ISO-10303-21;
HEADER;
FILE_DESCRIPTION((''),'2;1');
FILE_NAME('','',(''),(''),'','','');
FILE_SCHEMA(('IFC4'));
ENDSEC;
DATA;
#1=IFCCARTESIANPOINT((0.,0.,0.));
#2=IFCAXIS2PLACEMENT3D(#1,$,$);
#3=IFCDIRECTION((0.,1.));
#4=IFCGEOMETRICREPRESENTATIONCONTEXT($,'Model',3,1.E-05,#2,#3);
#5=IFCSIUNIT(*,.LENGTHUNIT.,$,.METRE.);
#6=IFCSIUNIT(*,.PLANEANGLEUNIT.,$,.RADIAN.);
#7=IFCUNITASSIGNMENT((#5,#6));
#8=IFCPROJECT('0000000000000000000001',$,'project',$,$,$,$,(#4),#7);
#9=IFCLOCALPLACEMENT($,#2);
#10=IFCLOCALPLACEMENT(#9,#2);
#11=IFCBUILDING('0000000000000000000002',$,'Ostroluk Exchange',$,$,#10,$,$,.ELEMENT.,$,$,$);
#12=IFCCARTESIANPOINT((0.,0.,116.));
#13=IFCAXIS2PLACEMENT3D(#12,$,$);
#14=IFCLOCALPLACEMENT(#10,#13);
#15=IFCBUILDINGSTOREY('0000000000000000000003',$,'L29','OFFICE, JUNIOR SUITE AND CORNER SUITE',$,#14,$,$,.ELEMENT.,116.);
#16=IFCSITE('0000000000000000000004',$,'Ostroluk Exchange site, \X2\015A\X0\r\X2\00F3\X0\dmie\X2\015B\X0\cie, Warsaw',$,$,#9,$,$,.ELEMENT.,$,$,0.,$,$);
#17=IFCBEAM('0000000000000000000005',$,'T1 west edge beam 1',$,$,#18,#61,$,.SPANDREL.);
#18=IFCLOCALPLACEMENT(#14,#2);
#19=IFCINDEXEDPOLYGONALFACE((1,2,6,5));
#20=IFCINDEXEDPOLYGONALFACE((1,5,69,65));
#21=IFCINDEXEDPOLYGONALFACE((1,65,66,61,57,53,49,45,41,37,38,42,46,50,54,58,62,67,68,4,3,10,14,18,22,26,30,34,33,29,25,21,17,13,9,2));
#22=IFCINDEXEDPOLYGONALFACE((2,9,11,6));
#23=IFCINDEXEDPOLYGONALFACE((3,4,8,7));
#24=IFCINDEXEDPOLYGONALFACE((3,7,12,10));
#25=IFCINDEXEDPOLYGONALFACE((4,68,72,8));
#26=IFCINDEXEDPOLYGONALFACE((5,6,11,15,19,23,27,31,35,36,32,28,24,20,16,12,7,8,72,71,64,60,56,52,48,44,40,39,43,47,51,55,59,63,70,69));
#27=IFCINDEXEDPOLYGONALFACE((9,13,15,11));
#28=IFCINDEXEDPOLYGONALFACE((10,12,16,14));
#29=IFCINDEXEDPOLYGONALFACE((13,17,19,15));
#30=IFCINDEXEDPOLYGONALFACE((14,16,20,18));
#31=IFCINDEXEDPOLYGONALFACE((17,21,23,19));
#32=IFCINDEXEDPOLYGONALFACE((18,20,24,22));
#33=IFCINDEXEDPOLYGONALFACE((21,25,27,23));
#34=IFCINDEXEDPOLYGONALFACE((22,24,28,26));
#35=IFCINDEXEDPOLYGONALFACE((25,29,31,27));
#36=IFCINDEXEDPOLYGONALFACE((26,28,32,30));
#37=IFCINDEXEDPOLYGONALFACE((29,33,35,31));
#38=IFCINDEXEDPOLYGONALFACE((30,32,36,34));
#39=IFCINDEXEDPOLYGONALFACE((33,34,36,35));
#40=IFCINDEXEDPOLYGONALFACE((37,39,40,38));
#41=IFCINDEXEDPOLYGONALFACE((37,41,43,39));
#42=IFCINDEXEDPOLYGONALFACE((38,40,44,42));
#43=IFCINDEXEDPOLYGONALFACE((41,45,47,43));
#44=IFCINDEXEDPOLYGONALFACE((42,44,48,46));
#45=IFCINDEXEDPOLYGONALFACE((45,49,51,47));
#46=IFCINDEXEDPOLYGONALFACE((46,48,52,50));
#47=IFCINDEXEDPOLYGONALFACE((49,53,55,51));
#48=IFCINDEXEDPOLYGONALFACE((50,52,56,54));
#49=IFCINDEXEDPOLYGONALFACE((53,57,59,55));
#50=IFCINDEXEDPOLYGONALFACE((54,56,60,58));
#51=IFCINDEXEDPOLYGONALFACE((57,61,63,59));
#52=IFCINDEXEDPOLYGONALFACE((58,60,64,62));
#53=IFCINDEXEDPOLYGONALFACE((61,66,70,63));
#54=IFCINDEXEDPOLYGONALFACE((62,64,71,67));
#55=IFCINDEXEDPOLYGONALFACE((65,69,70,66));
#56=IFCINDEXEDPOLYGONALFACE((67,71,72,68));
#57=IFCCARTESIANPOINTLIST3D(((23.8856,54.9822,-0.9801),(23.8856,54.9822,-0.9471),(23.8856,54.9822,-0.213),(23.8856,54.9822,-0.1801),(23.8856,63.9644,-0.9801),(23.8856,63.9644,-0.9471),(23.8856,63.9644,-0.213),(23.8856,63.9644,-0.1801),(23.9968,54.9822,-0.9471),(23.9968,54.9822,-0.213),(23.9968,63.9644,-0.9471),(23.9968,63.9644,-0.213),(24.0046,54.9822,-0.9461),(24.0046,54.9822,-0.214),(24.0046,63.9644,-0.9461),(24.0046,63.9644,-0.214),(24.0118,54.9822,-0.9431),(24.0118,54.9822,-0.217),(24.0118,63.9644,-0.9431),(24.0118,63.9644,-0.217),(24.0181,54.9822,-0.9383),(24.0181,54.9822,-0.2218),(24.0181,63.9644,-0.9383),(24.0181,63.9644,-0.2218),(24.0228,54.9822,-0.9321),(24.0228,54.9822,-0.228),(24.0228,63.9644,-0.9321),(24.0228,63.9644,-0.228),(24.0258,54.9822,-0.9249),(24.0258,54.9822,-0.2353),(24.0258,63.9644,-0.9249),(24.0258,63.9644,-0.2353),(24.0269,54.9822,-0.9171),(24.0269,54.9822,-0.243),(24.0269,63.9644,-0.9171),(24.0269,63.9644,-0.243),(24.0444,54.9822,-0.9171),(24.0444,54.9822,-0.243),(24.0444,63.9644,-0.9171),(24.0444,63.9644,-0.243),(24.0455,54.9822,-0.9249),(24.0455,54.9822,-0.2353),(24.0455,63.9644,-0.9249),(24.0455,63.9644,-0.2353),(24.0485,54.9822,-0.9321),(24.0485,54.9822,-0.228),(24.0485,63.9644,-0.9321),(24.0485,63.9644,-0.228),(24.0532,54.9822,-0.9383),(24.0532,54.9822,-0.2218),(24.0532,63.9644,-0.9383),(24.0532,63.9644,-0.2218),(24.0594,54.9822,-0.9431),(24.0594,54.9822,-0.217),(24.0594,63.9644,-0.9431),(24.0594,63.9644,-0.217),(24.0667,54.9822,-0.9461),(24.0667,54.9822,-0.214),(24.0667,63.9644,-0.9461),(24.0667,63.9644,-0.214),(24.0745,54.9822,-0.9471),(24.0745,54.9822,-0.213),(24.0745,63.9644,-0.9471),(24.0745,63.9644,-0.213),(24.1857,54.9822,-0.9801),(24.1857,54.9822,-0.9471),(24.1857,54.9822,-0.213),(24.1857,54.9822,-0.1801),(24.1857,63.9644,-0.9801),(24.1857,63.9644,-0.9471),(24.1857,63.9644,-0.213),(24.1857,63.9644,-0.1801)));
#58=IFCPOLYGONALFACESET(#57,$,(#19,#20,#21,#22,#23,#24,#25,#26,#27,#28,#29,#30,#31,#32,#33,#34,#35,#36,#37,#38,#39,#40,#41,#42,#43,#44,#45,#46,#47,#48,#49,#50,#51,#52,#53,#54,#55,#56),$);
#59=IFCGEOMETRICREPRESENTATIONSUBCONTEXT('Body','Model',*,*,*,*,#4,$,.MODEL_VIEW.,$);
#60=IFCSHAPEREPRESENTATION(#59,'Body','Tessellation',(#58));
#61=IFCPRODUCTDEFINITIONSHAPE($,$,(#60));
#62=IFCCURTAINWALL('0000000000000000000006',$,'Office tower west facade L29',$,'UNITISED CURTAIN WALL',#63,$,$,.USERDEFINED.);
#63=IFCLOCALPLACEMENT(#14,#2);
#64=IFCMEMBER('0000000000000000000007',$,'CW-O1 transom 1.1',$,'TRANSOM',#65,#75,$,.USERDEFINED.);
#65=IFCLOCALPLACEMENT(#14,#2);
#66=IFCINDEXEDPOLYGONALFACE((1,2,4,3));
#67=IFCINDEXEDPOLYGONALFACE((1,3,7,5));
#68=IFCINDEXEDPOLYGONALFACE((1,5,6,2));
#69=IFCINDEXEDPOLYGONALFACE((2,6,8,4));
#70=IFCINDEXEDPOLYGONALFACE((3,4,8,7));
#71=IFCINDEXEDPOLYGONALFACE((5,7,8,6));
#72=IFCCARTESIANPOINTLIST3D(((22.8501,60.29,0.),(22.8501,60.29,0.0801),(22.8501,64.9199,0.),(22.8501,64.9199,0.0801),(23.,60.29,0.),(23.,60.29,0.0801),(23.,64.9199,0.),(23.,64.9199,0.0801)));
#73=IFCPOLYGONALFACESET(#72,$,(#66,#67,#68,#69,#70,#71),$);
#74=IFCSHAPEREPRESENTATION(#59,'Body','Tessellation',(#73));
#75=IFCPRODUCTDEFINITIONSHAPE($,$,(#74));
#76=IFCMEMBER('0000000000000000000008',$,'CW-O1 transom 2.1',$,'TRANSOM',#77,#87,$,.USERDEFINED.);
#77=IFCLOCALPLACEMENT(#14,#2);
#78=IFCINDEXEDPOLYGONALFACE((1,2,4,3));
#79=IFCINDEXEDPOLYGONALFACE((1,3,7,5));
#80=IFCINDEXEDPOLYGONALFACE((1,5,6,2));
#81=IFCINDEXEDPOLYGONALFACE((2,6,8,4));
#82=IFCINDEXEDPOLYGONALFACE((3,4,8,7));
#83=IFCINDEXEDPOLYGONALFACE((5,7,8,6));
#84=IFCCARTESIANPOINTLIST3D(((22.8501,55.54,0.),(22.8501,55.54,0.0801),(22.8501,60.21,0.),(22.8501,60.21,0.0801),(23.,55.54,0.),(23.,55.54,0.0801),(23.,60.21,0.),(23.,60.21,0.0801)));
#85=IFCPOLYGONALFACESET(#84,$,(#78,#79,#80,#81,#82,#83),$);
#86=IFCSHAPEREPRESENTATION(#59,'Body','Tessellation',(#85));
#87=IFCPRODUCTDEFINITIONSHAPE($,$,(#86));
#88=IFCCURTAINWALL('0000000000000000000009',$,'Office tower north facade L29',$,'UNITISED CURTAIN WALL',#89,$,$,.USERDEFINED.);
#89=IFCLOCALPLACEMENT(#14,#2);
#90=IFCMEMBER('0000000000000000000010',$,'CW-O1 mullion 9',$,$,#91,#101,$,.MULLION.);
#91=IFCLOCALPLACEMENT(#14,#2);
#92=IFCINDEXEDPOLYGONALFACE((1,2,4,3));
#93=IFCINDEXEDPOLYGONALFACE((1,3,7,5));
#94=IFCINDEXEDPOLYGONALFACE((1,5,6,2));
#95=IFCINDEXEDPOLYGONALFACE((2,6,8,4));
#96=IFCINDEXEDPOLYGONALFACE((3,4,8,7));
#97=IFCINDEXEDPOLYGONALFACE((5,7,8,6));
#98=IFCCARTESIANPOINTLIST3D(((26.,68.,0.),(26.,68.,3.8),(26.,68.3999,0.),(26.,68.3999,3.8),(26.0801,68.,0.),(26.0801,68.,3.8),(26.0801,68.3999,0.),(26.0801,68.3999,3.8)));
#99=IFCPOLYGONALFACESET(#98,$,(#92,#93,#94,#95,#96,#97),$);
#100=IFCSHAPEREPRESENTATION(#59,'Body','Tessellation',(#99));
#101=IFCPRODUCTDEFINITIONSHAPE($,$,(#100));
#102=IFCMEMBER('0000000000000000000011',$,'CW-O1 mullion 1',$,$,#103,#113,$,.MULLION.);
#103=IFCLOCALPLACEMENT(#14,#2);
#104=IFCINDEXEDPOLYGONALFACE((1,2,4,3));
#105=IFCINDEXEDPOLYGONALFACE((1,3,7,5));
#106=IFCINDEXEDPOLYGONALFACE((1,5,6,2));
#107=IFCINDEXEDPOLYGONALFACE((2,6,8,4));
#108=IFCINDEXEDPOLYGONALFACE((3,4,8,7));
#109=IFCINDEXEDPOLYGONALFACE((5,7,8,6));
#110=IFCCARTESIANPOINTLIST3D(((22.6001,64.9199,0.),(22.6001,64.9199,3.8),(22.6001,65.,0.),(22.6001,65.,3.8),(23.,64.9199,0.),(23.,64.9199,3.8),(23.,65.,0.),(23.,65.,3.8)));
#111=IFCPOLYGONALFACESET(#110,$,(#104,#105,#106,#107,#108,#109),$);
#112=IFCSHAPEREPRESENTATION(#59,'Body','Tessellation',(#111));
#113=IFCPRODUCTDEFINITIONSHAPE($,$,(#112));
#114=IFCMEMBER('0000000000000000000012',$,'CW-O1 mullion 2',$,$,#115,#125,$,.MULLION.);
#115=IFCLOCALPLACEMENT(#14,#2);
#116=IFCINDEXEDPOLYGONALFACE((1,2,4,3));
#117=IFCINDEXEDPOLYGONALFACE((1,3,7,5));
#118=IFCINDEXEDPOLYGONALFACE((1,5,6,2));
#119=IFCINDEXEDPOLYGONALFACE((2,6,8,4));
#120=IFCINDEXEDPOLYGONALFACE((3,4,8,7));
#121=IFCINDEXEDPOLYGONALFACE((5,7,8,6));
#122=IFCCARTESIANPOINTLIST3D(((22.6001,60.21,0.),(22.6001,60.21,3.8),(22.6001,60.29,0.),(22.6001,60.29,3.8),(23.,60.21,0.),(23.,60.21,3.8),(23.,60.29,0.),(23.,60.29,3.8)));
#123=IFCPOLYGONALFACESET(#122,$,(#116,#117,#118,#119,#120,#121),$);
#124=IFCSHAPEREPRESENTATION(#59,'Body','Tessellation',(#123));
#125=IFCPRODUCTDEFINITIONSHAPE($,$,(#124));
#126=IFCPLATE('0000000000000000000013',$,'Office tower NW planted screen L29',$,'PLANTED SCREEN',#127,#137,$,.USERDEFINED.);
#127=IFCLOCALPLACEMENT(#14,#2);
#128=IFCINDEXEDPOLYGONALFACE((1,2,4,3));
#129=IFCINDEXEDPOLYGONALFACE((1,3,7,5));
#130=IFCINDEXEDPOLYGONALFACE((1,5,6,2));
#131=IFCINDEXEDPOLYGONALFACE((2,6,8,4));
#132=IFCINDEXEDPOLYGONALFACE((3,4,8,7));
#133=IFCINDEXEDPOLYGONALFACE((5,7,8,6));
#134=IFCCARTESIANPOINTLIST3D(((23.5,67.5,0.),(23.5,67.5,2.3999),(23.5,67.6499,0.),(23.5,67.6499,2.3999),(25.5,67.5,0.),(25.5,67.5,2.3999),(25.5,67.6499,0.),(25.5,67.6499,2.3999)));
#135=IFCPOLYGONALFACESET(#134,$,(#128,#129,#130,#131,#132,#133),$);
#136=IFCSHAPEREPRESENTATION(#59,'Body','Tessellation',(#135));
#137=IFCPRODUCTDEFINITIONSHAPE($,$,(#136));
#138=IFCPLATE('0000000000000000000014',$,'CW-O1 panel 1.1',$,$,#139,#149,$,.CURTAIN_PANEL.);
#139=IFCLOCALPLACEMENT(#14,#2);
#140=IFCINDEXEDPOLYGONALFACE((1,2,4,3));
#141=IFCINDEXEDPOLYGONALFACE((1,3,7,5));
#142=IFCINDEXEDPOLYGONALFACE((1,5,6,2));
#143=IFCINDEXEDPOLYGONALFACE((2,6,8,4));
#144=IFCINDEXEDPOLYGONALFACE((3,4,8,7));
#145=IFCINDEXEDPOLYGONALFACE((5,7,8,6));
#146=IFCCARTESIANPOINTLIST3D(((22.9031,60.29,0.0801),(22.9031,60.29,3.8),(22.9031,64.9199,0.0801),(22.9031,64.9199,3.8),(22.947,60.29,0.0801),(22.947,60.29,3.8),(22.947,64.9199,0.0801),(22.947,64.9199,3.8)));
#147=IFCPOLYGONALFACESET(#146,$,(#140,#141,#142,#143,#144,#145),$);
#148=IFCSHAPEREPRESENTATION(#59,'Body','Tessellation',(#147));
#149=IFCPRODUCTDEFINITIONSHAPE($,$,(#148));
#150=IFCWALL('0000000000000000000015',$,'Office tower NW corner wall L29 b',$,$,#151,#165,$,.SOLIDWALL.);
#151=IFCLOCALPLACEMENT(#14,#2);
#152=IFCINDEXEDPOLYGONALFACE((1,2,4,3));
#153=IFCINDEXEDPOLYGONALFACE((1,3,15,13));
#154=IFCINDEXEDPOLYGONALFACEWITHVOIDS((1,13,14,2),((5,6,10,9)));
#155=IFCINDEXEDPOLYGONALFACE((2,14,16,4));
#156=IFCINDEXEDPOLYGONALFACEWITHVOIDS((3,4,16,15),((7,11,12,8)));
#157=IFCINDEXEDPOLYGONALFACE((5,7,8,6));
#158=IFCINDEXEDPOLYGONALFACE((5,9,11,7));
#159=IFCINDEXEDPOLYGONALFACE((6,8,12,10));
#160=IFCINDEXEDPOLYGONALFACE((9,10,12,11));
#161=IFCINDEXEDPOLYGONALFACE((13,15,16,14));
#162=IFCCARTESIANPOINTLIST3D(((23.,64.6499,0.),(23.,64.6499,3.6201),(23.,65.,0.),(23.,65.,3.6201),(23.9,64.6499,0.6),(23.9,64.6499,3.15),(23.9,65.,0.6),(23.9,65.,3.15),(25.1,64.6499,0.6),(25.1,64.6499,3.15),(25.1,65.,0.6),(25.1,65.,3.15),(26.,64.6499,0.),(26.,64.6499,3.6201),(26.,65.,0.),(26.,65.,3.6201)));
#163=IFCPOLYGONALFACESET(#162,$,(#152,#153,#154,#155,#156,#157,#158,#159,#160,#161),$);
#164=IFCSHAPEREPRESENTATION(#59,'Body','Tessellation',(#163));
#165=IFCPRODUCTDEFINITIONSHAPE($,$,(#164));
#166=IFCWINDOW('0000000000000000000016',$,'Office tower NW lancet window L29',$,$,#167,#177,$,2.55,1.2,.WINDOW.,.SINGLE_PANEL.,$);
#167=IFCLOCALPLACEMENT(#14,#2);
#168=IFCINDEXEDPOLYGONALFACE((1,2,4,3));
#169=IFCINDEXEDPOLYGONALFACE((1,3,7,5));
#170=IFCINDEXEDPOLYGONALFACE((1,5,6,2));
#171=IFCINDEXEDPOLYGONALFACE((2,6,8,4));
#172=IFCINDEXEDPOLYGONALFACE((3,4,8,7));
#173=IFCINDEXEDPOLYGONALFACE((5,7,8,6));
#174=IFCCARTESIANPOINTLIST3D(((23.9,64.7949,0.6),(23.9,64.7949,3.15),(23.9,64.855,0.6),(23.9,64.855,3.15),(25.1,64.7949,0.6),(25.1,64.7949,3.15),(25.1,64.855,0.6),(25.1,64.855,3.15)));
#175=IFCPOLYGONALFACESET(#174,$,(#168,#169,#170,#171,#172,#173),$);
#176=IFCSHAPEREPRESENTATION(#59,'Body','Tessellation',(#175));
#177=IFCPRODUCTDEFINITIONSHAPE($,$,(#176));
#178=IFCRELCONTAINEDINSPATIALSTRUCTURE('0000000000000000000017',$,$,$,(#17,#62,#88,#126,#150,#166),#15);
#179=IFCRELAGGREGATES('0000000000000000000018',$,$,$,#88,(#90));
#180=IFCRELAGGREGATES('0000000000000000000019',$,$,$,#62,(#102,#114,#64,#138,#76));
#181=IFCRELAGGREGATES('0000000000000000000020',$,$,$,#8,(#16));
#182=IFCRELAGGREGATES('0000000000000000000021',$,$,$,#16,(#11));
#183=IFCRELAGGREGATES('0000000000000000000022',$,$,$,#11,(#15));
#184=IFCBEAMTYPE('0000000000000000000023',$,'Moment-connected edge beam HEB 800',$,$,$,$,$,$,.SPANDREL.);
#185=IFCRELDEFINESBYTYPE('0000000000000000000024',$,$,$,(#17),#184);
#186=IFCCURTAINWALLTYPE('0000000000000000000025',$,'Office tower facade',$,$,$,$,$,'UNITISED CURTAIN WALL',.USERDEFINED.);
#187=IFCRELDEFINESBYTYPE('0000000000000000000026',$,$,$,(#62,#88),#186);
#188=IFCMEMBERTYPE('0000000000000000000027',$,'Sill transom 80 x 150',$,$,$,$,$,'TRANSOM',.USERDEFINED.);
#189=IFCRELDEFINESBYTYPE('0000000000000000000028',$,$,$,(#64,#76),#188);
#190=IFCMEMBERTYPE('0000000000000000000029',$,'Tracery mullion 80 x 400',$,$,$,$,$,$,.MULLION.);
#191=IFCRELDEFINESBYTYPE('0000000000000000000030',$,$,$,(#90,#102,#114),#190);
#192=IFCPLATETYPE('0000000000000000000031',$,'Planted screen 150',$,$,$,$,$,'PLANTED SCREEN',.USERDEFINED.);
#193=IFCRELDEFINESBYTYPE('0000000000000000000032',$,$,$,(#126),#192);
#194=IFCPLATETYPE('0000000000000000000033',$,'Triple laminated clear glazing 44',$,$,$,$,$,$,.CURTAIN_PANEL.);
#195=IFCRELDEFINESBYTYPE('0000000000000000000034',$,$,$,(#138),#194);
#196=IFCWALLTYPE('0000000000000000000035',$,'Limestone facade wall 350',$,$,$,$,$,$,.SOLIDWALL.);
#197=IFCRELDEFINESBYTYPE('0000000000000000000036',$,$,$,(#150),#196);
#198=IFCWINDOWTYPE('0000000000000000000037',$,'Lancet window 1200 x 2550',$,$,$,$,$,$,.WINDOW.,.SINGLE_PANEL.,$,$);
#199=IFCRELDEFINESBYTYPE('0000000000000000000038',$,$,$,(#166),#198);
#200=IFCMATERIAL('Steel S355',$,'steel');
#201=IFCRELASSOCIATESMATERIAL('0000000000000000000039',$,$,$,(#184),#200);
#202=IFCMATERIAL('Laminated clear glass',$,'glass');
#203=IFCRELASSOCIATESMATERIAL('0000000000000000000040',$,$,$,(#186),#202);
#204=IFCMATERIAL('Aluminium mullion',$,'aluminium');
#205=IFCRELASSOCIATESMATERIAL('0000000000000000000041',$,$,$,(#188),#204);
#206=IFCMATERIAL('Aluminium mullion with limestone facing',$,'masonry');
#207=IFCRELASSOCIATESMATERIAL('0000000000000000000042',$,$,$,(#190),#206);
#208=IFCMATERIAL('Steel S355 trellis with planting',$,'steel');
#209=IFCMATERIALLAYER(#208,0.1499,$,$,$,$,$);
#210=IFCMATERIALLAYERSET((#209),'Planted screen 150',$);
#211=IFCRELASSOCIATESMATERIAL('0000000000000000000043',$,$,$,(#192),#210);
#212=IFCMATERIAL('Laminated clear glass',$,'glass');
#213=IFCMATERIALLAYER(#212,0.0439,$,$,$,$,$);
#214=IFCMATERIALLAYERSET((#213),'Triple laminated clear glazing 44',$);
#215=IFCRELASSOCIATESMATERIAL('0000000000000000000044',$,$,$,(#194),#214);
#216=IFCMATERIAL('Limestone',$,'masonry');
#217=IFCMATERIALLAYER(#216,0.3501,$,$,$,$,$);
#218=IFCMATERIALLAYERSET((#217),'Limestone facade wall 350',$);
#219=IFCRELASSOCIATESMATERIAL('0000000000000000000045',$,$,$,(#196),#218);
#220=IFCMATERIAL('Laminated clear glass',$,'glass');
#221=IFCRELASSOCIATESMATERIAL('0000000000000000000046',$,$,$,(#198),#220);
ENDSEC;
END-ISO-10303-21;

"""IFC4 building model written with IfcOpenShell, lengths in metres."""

from ifc_helpers import new_model, si_unit, direction, frame, frame_2d, origin, origin_2d, place, context, subcontext, project, spatial, rectangle, i_section, extrude, material, layer, layer_set, material_profile, profile_set, type_object, element, fill, aggregate, save


model = new_model("IFC4")

# Units and contexts
model_context = context("Model", 3, precision=1e-05, world=origin(), true_north=direction((0.0, 1.0)))
body_context = subcontext(model_context, "Body", "Model", "MODEL_VIEW")
ifc_project = project(units=[si_unit("LENGTHUNIT", "METRE"), si_unit("PLANEANGLEUNIT", "RADIAN")], contexts=[model_context])

# Site, building, storey
site_placement = place(None, origin())
site = spatial("IfcSite", under=ifc_project, at=site_placement, Name="Ostroluk Exchange site, Śródmieście, Warsaw", CompositionType="ELEMENT", RefElevation=0.0)
building_placement = place(site_placement, origin())
building = spatial("IfcBuilding", under=site, at=building_placement, Name="Ostroluk Exchange", CompositionType="ELEMENT")
storey_placement = place(building_placement, frame((0.0, 0.0, 116.0)))
storey = spatial("IfcBuildingStorey", under=building, at=storey_placement, Name="L29", Description="OFFICE, JUNIOR SUITE AND CORNER SUITE", CompositionType="ELEMENT", Elevation=116.0)

# Beam
ifc_material_1 = material(Name="Steel S355", Category="steel")
ifc_material_profile_1 = material_profile(ifc_material_1, i_section(OverallWidth=0.3, OverallDepth=0.8, WebThickness=0.0176, FlangeThickness=0.033, FilletRadius=0.03, at=origin_2d()), Name="HEB 800")
ifc_profile_set_1 = profile_set([ifc_material_profile_1], Name="Steel S355")
beam_type_1 = type_object("IfcBeamType", Name="Moment-connected edge beam HEB 800", PredefinedType="SPANDREL", material=ifc_profile_set_1)
beam_placement = place(storey_placement, frame((24.0356, 63.9644, -0.5801), z_axis=(0.0, -1.0, 0.0), x_axis=(1.0, 0.0, 0.0)))
element("IfcBeam", 1, at=beam_placement, inside=storey, type_object=beam_type_1, Name="T1 west edge beam 1", PredefinedType="SPANDREL", context=body_context, shape_type="SweptSolid", body=[
    extrude(i_section(OverallWidth=0.3, OverallDepth=0.8, WebThickness=0.0176, FlangeThickness=0.033, FilletRadius=0.03, at=origin_2d()), origin(), (0.0, 0.0, 1.0), 8.9822),
])

# Curtain wall, members
ifc_material_2 = material(Name="Laminated clear glass", Category="glass")
curtain_wall_type = type_object("IfcCurtainWallType", Name="Office tower facade", ElementType="UNITISED CURTAIN WALL", PredefinedType="USERDEFINED", material=ifc_material_2)
curtain_wall_1_placement = place(storey_placement, origin())
curtain_wall_1 = element("IfcCurtainWall", 2, at=curtain_wall_1_placement, inside=storey, type_object=curtain_wall_type, Name="Office tower west facade L29", ObjectType="UNITISED CURTAIN WALL", PredefinedType="USERDEFINED")
ifc_material_3 = material(Name="Aluminium mullion", Category="aluminium")
ifc_material_profile_2 = material_profile(ifc_material_3, rectangle(XDim=0.1499, YDim=0.0801, at=origin_2d()), Name="Sill transom 80 x 150")
ifc_profile_set_2 = profile_set([ifc_material_profile_2], Name="Aluminium mullion")
member_type_1 = type_object("IfcMemberType", Name="Sill transom 80 x 150", ElementType="TRANSOM", PredefinedType="USERDEFINED", material=ifc_profile_set_2)
member_1_placement = place(storey_placement, frame((22.925, 64.9199, 0.04), z_axis=(0.0, -1.0, 0.0), x_axis=(1.0, 0.0, 0.0)))
member_1 = element("IfcMember", 3, at=member_1_placement, type_object=member_type_1, Name="CW-O1 transom 1.1", ObjectType="TRANSOM", PredefinedType="USERDEFINED", context=body_context, shape_type="SweptSolid", body=[
    extrude(rectangle(XDim=0.1499, YDim=0.0801, at=origin_2d()), origin(), (0.0, 0.0, 1.0), 4.6299),
])
member_2_placement = place(storey_placement, frame((22.925, 60.21, 0.04), z_axis=(0.0, -1.0, 0.0), x_axis=(1.0, 0.0, 0.0)))
member_2 = element("IfcMember", 4, at=member_2_placement, type_object=member_type_1, Name="CW-O1 transom 2.1", ObjectType="TRANSOM", PredefinedType="USERDEFINED", context=body_context, shape_type="SweptSolid", body=[
    extrude(rectangle(XDim=0.1499, YDim=0.0801, at=origin_2d()), origin(), (0.0, 0.0, 1.0), 4.6699),
])

# Curtain wall, member
curtain_wall_2_placement = place(storey_placement, origin())
curtain_wall_2 = element("IfcCurtainWall", 5, at=curtain_wall_2_placement, inside=storey, type_object=curtain_wall_type, Name="Office tower north facade L29", ObjectType="UNITISED CURTAIN WALL", PredefinedType="USERDEFINED")
ifc_material_4 = material(Name="Aluminium mullion with limestone facing", Category="masonry")
ifc_material_profile_3 = material_profile(ifc_material_4, rectangle(XDim=0.3999, YDim=0.0801, at=origin_2d()), Name="Tracery mullion 80 x 400")
ifc_profile_set_3 = profile_set([ifc_material_profile_3], Name="Aluminium mullion with limestone facing")
member_type_2 = type_object("IfcMemberType", Name="Tracery mullion 80 x 400", PredefinedType="MULLION", material=ifc_profile_set_3)
member_3_placement = place(storey_placement, frame((26.04, 68.2, 0.0), z_axis=(0.0, 0.0, 1.0), x_axis=(0.0, -1.0, 0.0)))
member_3 = element("IfcMember", 6, at=member_3_placement, type_object=member_type_2, Name="CW-O1 mullion 9", PredefinedType="MULLION", context=body_context, shape_type="SweptSolid", body=[
    extrude(rectangle(XDim=0.3999, YDim=0.0801, at=origin_2d()), origin(), (0.0, 0.0, 1.0), 3.8),
])
aggregate(curtain_wall_2, [member_3])

# Members
member_4_placement = place(storey_placement, frame((22.8, 64.96, 0.0), z_axis=(0.0, 0.0, 1.0), x_axis=(1.0, 0.0, 0.0)))
member_4 = element("IfcMember", 7, at=member_4_placement, type_object=member_type_2, Name="CW-O1 mullion 1", PredefinedType="MULLION", context=body_context, shape_type="SweptSolid", body=[
    extrude(rectangle(XDim=0.3999, YDim=0.0801, at=origin_2d()), origin(), (0.0, 0.0, 1.0), 3.8),
])
member_5_placement = place(storey_placement, frame((22.8, 60.25, 0.0), z_axis=(0.0, 0.0, 1.0), x_axis=(1.0, 0.0, 0.0)))
member_5 = element("IfcMember", 8, at=member_5_placement, type_object=member_type_2, Name="CW-O1 mullion 2", PredefinedType="MULLION", context=body_context, shape_type="SweptSolid", body=[
    extrude(rectangle(XDim=0.3999, YDim=0.0801, at=origin_2d()), origin(), (0.0, 0.0, 1.0), 3.8),
])

# Plates
ifc_material_5 = material(Name="Steel S355 trellis with planting", Category="steel")
ifc_layer_1 = layer(ifc_material_5, 0.1499)
ifc_layer_set_1 = layer_set([ifc_layer_1], Name="Planted screen 150")
plate_type_1 = type_object("IfcPlateType", Name="Planted screen 150", ElementType="PLANTED SCREEN", PredefinedType="USERDEFINED", material=ifc_layer_set_1)
plate_1_placement = place(storey_placement, frame((24.5, 67.575, 0.0), z_axis=(0.0, 0.0, 1.0), x_axis=(1.0, 0.0, 0.0)))
element("IfcPlate", 9, at=plate_1_placement, inside=storey, type_object=plate_type_1, Name="Office tower NW planted screen L29", ObjectType="PLANTED SCREEN", PredefinedType="USERDEFINED", context=body_context, shape_type="SweptSolid", body=[
    extrude(rectangle(XDim=2.0, YDim=0.1499, at=origin_2d()), origin(), (0.0, 0.0, 1.0), 2.3999),
])
ifc_material_6 = material(Name="Laminated clear glass", Category="glass")
ifc_layer_2 = layer(ifc_material_6, 0.0439)
ifc_layer_set_2 = layer_set([ifc_layer_2], Name="Triple laminated clear glazing 44")
plate_type_2 = type_object("IfcPlateType", Name="Triple laminated clear glazing 44", PredefinedType="CURTAIN_PANEL", material=ifc_layer_set_2)
plate_2_placement = place(storey_placement, frame((22.925, 62.605, 0.0801), z_axis=(0.0, 0.0, 1.0), x_axis=(0.0, -1.0, 0.0)))
plate_2 = element("IfcPlate", 10, at=plate_2_placement, type_object=plate_type_2, Name="CW-O1 panel 1.1", PredefinedType="CURTAIN_PANEL", context=body_context, shape_type="SweptSolid", body=[
    extrude(rectangle(XDim=4.6299, YDim=0.0439, at=origin_2d()), origin(), (0.0, 0.0, 1.0), 3.72),
])
aggregate(curtain_wall_1, [member_4, member_5, member_1, plate_2, member_2])

# Shared definitions
ifc_material_7 = material(Name="Limestone", Category="masonry")
ifc_layer_3 = layer(ifc_material_7, 0.3501)
ifc_layer_set_3 = layer_set([ifc_layer_3], Name="Limestone facade wall 350")
wall_type_1 = type_object("IfcWallType", Name="Limestone facade wall 350", PredefinedType="SOLIDWALL", material=ifc_layer_set_3)

# Wall, opening, window
wall_1_placement = place(storey_placement, frame((26.0, 64.825, 0.0), z_axis=(0.0, 0.0, 1.0), x_axis=(-1.0, 0.0, 0.0)))
wall_1 = element("IfcWall", 11, at=wall_1_placement, inside=storey, type_object=wall_type_1, Name="Office tower NW corner wall L29 b", PredefinedType="SOLIDWALL", context=body_context, shape_type="SweptSolid", body=[
    extrude(rectangle(XDim=3.0, YDim=0.3501, at=frame_2d((1.5, 0.0))), origin(), (0.0, 0.0, 1.0), 3.6201),
])
opening_1_placement = place(wall_1_placement, frame((0.8999, 0.0, 0.6001)))
opening_1 = element("IfcOpeningElement", 12, at=opening_1_placement, cuts=wall_1, PredefinedType="OPENING", context=body_context, shape_type="SweptSolid", body=[
    extrude(rectangle(XDim=1.2, YDim=2.55, at=frame_2d((0.6001, 1.2749))), frame((0.0, 0.1851, 0.0), z_axis=(0.0, -1.0, 0.0), x_axis=(1.0, 0.0, 0.0)), (0.0, 0.0, 1.0), 0.3701),
])
ifc_material_8 = material(Name="Laminated clear glass", Category="glass")
window_type = type_object("IfcWindowType", Name="Lancet window 1200 x 2550", PartitioningType="SINGLE_PANEL", PredefinedType="WINDOW", material=ifc_material_8)
window_placement = place(opening_1_placement, origin())
window = element("IfcWindow", 13, at=window_placement, inside=storey, type_object=window_type, Name="Office tower NW lancet window L29", OverallHeight=2.55, OverallWidth=1.2, PartitioningType="SINGLE_PANEL", PredefinedType="WINDOW", context=body_context, shape_type="SweptSolid", body=[
    extrude(rectangle(XDim=1.2, YDim=2.55, at=frame_2d((0.6001, 1.2749))), frame((0.0, 0.03, 0.0), z_axis=(0.0, -1.0, 0.0), x_axis=(1.0, 0.0, 0.0)), (0.0, 0.0, 1.0), 0.0601),
])
fill(opening_1, window)

save(model, "model.ifc")
